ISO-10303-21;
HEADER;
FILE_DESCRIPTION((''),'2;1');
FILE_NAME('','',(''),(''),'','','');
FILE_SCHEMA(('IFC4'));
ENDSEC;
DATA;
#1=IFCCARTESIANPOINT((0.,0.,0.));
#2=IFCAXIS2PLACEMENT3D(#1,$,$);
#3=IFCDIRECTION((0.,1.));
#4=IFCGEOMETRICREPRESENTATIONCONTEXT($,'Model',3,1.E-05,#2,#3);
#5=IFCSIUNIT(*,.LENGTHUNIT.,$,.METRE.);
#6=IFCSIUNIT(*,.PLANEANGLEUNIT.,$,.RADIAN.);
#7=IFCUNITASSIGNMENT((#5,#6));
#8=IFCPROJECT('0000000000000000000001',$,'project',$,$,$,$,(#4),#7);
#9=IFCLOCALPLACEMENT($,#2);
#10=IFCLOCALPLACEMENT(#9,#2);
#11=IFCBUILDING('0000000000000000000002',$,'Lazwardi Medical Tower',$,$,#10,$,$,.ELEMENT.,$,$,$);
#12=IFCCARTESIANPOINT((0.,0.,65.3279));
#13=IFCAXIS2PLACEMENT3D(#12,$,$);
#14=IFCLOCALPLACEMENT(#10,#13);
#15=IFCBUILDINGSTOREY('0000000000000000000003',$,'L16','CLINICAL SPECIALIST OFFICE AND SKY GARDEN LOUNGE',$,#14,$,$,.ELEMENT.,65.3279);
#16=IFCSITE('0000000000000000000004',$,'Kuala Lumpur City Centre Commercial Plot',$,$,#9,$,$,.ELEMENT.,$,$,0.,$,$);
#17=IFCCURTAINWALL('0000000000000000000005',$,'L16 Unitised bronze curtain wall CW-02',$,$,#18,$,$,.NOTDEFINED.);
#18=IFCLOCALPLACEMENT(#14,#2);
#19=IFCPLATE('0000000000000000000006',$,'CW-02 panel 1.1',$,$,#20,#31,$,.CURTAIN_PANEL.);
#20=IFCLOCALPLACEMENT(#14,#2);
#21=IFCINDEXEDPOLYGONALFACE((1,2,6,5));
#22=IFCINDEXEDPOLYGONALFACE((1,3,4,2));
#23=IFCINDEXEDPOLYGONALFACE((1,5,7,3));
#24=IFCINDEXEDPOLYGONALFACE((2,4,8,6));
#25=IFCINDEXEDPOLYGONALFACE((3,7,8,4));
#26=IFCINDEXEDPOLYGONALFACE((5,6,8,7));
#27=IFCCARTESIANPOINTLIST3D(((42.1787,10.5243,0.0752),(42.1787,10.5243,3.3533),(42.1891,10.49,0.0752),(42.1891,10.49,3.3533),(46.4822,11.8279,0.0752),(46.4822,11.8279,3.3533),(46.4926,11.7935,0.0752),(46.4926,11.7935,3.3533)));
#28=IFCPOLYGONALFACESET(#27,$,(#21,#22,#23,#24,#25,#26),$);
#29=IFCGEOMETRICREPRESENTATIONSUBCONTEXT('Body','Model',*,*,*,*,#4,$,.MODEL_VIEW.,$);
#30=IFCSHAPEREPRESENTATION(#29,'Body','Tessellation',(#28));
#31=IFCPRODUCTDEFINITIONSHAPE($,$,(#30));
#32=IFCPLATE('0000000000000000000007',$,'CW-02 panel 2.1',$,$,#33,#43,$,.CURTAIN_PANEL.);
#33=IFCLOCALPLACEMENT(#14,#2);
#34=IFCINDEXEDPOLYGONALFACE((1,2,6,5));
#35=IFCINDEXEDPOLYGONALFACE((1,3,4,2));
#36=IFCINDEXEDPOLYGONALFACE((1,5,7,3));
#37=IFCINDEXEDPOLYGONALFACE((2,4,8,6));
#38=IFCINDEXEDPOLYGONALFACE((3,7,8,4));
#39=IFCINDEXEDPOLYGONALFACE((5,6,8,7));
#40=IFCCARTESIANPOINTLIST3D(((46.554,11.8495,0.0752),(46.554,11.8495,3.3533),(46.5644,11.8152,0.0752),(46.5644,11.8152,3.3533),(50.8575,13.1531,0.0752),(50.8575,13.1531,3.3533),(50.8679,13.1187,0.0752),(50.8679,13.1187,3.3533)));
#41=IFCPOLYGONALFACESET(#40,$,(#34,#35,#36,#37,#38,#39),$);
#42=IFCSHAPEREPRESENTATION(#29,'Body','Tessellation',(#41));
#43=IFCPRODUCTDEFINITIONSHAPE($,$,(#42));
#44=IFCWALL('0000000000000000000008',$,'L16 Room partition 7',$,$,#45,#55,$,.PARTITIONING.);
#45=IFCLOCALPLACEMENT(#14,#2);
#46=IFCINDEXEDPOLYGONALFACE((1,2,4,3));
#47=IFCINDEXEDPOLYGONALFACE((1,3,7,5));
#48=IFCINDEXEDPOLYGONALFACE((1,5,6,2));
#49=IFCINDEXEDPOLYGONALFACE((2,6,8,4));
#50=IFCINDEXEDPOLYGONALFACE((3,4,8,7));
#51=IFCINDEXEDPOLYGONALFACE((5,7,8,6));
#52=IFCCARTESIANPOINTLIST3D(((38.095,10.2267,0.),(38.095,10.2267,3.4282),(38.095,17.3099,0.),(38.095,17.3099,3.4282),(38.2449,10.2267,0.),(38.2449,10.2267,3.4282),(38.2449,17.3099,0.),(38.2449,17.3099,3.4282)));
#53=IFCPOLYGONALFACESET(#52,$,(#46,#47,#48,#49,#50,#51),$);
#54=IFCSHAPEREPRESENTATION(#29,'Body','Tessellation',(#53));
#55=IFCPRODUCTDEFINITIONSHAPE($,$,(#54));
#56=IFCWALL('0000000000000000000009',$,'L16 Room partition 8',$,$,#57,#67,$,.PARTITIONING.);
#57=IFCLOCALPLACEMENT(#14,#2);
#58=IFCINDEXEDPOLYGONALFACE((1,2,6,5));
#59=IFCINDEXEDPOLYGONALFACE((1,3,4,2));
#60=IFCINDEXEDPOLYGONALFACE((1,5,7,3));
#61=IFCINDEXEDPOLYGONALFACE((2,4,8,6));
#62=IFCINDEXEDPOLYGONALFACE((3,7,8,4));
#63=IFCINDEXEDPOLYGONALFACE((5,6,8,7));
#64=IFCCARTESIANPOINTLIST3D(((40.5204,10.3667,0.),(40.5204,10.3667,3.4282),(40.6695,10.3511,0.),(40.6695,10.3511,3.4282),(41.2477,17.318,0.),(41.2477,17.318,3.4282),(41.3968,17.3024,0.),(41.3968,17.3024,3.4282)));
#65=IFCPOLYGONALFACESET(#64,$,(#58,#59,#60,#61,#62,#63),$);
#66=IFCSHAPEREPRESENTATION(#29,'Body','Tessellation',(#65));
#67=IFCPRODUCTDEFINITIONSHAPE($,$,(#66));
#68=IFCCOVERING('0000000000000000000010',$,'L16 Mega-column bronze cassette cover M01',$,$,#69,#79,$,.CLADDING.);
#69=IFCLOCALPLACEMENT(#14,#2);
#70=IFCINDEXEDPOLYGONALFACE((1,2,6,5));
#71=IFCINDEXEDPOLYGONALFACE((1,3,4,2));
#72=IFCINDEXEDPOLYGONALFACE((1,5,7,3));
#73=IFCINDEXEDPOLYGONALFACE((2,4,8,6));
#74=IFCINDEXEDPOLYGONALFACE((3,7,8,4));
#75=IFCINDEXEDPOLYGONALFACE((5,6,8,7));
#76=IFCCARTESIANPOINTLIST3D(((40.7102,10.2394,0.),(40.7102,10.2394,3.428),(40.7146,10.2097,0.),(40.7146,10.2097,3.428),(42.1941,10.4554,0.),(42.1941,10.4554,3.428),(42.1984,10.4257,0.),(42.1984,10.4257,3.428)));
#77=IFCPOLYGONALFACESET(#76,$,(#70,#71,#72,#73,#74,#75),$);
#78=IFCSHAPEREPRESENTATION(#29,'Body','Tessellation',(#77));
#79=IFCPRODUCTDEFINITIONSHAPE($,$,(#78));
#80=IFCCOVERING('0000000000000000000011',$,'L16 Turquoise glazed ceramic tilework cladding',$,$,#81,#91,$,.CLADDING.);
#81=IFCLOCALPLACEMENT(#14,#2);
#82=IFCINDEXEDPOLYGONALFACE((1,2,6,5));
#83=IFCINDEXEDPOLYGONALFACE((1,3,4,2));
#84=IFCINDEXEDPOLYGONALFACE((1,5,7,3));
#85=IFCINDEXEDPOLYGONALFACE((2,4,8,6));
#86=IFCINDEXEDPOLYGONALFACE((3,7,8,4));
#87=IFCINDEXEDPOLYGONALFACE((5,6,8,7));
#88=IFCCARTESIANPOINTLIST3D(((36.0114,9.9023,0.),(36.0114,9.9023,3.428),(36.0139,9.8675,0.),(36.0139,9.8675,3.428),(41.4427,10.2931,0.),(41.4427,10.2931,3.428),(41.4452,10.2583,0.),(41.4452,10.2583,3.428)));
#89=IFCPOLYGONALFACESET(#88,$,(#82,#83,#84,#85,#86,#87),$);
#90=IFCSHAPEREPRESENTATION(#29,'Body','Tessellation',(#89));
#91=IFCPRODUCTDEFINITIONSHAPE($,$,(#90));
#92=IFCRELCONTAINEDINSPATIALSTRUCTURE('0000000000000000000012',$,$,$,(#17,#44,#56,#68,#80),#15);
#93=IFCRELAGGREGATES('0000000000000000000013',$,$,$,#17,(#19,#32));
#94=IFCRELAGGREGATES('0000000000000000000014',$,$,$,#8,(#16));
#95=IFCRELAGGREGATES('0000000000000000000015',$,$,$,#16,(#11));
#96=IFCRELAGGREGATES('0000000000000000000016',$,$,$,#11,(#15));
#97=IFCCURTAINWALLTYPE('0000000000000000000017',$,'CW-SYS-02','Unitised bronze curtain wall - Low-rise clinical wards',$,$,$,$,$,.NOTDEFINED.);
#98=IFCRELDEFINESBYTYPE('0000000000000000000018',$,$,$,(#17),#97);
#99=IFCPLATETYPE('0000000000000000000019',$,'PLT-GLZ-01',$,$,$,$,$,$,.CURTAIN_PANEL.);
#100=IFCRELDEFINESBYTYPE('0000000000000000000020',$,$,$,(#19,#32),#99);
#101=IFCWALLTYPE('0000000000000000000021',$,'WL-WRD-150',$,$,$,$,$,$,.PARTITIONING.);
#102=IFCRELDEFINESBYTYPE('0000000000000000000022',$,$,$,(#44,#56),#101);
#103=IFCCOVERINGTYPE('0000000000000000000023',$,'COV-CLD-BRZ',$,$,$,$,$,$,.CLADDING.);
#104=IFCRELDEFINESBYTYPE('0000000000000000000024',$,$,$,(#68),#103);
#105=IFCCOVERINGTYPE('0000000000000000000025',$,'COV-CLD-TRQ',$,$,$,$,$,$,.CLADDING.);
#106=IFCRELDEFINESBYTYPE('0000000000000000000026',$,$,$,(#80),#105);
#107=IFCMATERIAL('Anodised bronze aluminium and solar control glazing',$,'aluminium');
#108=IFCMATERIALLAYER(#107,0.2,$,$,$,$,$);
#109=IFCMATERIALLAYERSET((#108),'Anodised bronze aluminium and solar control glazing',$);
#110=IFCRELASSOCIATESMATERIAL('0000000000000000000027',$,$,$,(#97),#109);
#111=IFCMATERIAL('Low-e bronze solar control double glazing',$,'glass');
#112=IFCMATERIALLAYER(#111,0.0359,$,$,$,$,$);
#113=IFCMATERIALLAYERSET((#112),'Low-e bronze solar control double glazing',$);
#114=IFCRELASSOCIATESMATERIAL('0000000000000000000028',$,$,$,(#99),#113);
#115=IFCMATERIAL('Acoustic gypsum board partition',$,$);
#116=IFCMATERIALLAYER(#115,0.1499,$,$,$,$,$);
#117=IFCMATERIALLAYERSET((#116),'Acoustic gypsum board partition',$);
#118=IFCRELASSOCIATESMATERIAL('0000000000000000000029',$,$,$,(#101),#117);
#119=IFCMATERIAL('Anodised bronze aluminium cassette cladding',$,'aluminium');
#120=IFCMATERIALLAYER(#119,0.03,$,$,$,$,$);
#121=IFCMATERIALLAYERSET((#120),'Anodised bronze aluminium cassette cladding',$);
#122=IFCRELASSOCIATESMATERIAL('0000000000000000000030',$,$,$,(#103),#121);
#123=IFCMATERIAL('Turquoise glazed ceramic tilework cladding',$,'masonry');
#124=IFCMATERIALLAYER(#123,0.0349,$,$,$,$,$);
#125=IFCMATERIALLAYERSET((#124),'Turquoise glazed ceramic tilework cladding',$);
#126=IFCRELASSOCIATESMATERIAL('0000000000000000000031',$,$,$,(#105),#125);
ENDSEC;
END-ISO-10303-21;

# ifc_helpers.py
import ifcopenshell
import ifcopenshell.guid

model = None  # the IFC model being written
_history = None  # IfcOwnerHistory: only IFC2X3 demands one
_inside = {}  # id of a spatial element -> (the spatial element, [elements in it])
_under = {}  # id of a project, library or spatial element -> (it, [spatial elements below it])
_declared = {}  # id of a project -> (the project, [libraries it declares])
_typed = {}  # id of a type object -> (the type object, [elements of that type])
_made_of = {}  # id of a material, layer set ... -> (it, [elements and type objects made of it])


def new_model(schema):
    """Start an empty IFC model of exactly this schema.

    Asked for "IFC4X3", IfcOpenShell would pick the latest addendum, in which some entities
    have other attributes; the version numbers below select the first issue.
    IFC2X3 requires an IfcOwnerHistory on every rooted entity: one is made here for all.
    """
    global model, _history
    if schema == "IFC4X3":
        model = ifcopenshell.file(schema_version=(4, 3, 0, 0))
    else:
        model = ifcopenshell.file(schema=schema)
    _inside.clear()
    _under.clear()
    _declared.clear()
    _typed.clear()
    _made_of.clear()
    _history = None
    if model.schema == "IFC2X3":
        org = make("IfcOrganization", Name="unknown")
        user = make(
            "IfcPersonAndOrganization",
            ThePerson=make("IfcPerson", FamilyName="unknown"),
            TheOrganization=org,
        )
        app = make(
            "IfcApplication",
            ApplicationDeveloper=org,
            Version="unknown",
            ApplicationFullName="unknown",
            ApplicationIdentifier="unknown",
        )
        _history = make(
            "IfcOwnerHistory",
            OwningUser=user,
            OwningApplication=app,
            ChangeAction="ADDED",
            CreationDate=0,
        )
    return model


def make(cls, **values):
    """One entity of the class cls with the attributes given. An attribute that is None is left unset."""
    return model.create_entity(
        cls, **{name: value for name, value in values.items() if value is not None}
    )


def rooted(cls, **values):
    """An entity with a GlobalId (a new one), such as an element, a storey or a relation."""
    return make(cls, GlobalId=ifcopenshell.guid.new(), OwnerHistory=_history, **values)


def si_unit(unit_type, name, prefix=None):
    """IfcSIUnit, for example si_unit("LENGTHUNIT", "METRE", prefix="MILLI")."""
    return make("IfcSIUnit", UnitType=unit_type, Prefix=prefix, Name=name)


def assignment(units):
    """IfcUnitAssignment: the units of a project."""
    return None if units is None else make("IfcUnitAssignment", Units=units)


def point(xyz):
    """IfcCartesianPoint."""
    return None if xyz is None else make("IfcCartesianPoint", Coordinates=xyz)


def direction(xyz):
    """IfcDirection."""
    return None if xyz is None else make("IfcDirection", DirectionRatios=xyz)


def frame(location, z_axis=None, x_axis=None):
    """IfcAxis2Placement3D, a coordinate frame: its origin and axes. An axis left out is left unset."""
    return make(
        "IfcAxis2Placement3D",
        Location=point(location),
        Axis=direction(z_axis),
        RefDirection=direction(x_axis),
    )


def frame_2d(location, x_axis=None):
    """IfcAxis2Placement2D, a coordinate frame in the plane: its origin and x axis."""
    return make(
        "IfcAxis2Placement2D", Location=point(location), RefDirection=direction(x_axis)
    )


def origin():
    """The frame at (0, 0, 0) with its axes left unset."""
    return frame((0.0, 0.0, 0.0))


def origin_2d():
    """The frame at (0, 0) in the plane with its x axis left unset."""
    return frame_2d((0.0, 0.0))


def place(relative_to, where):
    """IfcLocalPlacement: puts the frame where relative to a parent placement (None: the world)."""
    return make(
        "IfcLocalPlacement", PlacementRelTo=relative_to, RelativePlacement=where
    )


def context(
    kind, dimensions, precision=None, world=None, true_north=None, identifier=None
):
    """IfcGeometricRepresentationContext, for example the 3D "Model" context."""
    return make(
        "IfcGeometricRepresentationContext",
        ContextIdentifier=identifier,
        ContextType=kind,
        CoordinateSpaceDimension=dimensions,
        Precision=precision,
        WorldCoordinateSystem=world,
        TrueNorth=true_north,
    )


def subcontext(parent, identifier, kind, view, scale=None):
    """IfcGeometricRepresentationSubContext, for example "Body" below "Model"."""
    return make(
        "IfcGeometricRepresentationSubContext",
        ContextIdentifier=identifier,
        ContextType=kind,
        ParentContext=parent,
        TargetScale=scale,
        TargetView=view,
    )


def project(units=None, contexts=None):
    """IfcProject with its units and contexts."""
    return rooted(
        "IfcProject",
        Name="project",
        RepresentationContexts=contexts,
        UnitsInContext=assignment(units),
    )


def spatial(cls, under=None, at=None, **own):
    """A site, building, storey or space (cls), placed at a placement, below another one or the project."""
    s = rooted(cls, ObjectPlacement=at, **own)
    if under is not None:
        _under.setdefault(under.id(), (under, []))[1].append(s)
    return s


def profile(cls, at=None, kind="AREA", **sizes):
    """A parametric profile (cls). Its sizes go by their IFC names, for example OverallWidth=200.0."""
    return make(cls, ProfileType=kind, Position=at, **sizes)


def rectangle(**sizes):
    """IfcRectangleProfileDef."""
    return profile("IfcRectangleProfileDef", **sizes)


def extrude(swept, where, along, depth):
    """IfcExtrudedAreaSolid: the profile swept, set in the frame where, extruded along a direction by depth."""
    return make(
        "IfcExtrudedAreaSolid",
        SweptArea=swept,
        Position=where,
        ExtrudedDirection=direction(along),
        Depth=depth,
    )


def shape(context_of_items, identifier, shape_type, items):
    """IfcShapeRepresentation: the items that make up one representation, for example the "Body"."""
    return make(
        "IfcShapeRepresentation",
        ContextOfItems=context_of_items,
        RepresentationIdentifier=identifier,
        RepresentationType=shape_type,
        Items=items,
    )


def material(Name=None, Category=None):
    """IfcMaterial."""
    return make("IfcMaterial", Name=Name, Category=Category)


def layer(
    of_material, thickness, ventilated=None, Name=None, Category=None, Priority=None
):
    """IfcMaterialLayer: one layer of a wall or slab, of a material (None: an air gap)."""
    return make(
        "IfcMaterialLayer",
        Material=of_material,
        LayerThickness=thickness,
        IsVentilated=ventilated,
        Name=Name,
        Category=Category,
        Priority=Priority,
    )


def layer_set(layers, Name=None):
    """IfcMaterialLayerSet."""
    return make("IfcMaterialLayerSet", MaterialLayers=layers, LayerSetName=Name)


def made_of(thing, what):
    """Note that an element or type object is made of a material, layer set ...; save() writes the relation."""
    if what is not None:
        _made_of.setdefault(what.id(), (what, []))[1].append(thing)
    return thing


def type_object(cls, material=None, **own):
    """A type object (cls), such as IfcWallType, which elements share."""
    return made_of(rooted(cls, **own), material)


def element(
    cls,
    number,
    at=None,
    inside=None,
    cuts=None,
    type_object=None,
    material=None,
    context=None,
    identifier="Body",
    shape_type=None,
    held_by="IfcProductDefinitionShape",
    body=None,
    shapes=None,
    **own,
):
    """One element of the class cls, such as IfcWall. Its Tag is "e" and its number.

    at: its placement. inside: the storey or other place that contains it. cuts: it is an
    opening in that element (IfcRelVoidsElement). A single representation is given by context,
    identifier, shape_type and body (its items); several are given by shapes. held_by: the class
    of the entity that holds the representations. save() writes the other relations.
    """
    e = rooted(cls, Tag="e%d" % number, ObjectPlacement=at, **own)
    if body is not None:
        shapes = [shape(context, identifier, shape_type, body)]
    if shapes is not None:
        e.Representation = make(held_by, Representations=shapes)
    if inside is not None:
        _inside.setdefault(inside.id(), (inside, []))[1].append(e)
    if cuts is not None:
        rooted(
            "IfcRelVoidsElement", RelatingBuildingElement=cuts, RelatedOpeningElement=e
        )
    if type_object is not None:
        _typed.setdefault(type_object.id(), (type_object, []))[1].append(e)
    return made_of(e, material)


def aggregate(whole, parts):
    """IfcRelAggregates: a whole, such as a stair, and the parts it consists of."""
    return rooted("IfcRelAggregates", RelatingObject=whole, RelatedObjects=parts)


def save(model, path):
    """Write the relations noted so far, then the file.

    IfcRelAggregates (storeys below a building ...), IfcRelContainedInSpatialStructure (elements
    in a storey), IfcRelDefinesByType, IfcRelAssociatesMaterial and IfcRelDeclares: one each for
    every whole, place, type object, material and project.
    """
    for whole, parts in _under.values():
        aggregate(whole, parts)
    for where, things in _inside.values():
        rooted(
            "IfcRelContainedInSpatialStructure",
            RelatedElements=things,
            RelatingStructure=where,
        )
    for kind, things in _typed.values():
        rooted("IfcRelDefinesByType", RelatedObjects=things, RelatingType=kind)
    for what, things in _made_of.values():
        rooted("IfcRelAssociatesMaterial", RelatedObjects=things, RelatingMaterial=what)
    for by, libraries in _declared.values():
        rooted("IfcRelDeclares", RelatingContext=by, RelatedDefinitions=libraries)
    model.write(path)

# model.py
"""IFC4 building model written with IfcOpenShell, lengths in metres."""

from ifc_helpers import new_model, si_unit, direction, frame, frame_2d, origin, origin_2d, place, context, subcontext, project, spatial, rectangle, extrude, material, layer, layer_set, type_object, element, aggregate, save


model = new_model("IFC4")

# Units and contexts
model_context = context("Model", 3, precision=1e-05, world=origin(), true_north=direction((0.0, 1.0)))
body_context = subcontext(model_context, "Body", "Model", "MODEL_VIEW")
ifc_project = project(units=[si_unit("LENGTHUNIT", "METRE"), si_unit("PLANEANGLEUNIT", "RADIAN")], contexts=[model_context])

# Site, building, storey
site_placement = place(None, origin())
site = spatial("IfcSite", under=ifc_project, at=site_placement, Name="Kuala Lumpur City Centre Commercial Plot", CompositionType="ELEMENT", RefElevation=0.0)
building_placement = place(site_placement, origin())
building = spatial("IfcBuilding", under=site, at=building_placement, Name="Lazwardi Medical Tower", CompositionType="ELEMENT")
storey_placement = place(building_placement, frame((0.0, 0.0, 65.3279)))
storey = spatial("IfcBuildingStorey", under=building, at=storey_placement, Name="L16", Description="CLINICAL SPECIALIST OFFICE AND SKY GARDEN LOUNGE", CompositionType="ELEMENT", Elevation=65.3279)

# Curtain wall
ifc_material_1 = material(Name="Anodised bronze aluminium and solar control glazing", Category="aluminium")
ifc_layer_1 = layer(ifc_material_1, 0.2)
ifc_layer_set_1 = layer_set([ifc_layer_1], Name="Anodised bronze aluminium and solar control glazing")
curtain_wall_type_1 = type_object("IfcCurtainWallType", Name="CW-SYS-02", Description="Unitised bronze curtain wall - Low-rise clinical wards", PredefinedType="NOTDEFINED", material=ifc_layer_set_1)
curtain_wall_1_placement = place(storey_placement, origin())
curtain_wall_1 = element("IfcCurtainWall", 1, at=curtain_wall_1_placement, inside=storey, type_object=curtain_wall_type_1, Name="L16 Unitised bronze curtain wall CW-02", PredefinedType="NOTDEFINED")

# Plates
ifc_material_2 = material(Name="Low-e bronze solar control double glazing", Category="glass")
ifc_layer_2 = layer(ifc_material_2, 0.0359)
ifc_layer_set_2 = layer_set([ifc_layer_2], Name="Low-e bronze solar control double glazing")
plate_type = type_object("IfcPlateType", Name="PLT-GLZ-01", PredefinedType="CURTAIN_PANEL", material=ifc_layer_set_2)
plate_1_placement = place(storey_placement, frame((44.3357, 11.1589, 0.0752), z_axis=(0.0, 0.0, 1.0), x_axis=(0.957058, 0.289896, 0.0)))
plate_1 = element("IfcPlate", 2, at=plate_1_placement, type_object=plate_type, Name="CW-02 panel 1.1", PredefinedType="CURTAIN_PANEL", context=body_context, shape_type="SweptSolid", body=[
    extrude(rectangle(XDim=4.4966, YDim=0.0359, at=origin_2d()), origin(), (0.0, 0.0, 1.0), 3.2781),
])
plate_2_placement = place(storey_placement, frame((48.7109, 12.4841, 0.0752), z_axis=(0.0, 0.0, 1.0), x_axis=(0.957058, 0.289896, 0.0)))
plate_2 = element("IfcPlate", 3, at=plate_2_placement, type_object=plate_type, Name="CW-02 panel 2.1", PredefinedType="CURTAIN_PANEL", context=body_context, shape_type="SweptSolid", body=[
    extrude(rectangle(XDim=4.4966, YDim=0.0359, at=origin_2d()), origin(), (0.0, 0.0, 1.0), 3.2781),
])
aggregate(curtain_wall_1, [plate_1, plate_2])

# Walls
ifc_material_3 = material(Name="Acoustic gypsum board partition")
ifc_layer_3 = layer(ifc_material_3, 0.1499)
ifc_layer_set_3 = layer_set([ifc_layer_3], Name="Acoustic gypsum board partition")
wall_type = type_object("IfcWallType", Name="WL-WRD-150", PredefinedType="PARTITIONING", material=ifc_layer_set_3)
wall_1_placement = place(storey_placement, frame((38.1699, 10.2268, 0.0), z_axis=(0.0, 0.0, 1.0), x_axis=(0.0, 1.0, 0.0)))
element("IfcWall", 4, at=wall_1_placement, inside=storey, type_object=wall_type, Name="L16 Room partition 7", PredefinedType="PARTITIONING", context=body_context, shape_type="SweptSolid", body=[
    extrude(rectangle(XDim=7.0833, YDim=0.1499, at=frame_2d((3.5415, 0.0))), origin(), (0.0, 0.0, 1.0), 3.4282),
])
wall_2_placement = place(storey_placement, frame((40.595, 10.3589, 0.0), z_axis=(0.0, 0.0, 1.0), x_axis=(0.104057, 0.994571, 0.0)))
element("IfcWall", 5, at=wall_2_placement, inside=storey, type_object=wall_type, Name="L16 Room partition 8", PredefinedType="PARTITIONING", context=body_context, shape_type="SweptSolid", body=[
    extrude(rectangle(XDim=6.9893, YDim=0.1499, at=frame_2d((3.4946, 0.0))), origin(), (0.0, 0.0, 1.0), 3.4282),
])

# Coverings
ifc_material_4 = material(Name="Anodised bronze aluminium cassette cladding", Category="aluminium")
ifc_layer_4 = layer(ifc_material_4, 0.03)
ifc_layer_set_4 = layer_set([ifc_layer_4], Name="Anodised bronze aluminium cassette cladding")
covering_type_1 = type_object("IfcCoveringType", Name="COV-CLD-BRZ", PredefinedType="CLADDING", material=ifc_layer_set_4)
covering_1_placement = place(storey_placement, frame((41.4543, 10.3325, 0.0), z_axis=(0.0, 0.0, 1.0), x_axis=(0.989573, 0.144035, 0.0)))
element("IfcCovering", 6, at=covering_1_placement, inside=storey, type_object=covering_type_1, Name="L16 Mega-column bronze cassette cover M01", PredefinedType="CLADDING", context=body_context, shape_type="SweptSolid", body=[
    extrude(rectangle(XDim=1.4995, YDim=0.03, at=origin_2d()), origin(), (0.0, 0.0, 1.0), 3.428),
])
ifc_material_5 = material(Name="Turquoise glazed ceramic tilework cladding", Category="masonry")
ifc_layer_5 = layer(ifc_material_5, 0.0349)
ifc_layer_set_5 = layer_set([ifc_layer_5], Name="Turquoise glazed ceramic tilework cladding")
covering_type_2 = type_object("IfcCoveringType", Name="COV-CLD-TRQ", PredefinedType="CLADDING", material=ifc_layer_set_5)
covering_2_placement = place(storey_placement, frame((38.7283, 10.0803, 0.0), z_axis=(0.0, 0.0, 1.0), x_axis=(0.997421, 0.071767, 0.0)))
element("IfcCovering", 7, at=covering_2_placement, inside=storey, type_object=covering_type_2, Name="L16 Turquoise glazed ceramic tilework cladding", PredefinedType="CLADDING", context=body_context, shape_type="SweptSolid", body=[
    extrude(rectangle(XDim=5.4453, YDim=0.0349, at=origin_2d()), origin(), (0.0, 0.0, 1.0), 3.428),
])

save(model, "model.ifc")
